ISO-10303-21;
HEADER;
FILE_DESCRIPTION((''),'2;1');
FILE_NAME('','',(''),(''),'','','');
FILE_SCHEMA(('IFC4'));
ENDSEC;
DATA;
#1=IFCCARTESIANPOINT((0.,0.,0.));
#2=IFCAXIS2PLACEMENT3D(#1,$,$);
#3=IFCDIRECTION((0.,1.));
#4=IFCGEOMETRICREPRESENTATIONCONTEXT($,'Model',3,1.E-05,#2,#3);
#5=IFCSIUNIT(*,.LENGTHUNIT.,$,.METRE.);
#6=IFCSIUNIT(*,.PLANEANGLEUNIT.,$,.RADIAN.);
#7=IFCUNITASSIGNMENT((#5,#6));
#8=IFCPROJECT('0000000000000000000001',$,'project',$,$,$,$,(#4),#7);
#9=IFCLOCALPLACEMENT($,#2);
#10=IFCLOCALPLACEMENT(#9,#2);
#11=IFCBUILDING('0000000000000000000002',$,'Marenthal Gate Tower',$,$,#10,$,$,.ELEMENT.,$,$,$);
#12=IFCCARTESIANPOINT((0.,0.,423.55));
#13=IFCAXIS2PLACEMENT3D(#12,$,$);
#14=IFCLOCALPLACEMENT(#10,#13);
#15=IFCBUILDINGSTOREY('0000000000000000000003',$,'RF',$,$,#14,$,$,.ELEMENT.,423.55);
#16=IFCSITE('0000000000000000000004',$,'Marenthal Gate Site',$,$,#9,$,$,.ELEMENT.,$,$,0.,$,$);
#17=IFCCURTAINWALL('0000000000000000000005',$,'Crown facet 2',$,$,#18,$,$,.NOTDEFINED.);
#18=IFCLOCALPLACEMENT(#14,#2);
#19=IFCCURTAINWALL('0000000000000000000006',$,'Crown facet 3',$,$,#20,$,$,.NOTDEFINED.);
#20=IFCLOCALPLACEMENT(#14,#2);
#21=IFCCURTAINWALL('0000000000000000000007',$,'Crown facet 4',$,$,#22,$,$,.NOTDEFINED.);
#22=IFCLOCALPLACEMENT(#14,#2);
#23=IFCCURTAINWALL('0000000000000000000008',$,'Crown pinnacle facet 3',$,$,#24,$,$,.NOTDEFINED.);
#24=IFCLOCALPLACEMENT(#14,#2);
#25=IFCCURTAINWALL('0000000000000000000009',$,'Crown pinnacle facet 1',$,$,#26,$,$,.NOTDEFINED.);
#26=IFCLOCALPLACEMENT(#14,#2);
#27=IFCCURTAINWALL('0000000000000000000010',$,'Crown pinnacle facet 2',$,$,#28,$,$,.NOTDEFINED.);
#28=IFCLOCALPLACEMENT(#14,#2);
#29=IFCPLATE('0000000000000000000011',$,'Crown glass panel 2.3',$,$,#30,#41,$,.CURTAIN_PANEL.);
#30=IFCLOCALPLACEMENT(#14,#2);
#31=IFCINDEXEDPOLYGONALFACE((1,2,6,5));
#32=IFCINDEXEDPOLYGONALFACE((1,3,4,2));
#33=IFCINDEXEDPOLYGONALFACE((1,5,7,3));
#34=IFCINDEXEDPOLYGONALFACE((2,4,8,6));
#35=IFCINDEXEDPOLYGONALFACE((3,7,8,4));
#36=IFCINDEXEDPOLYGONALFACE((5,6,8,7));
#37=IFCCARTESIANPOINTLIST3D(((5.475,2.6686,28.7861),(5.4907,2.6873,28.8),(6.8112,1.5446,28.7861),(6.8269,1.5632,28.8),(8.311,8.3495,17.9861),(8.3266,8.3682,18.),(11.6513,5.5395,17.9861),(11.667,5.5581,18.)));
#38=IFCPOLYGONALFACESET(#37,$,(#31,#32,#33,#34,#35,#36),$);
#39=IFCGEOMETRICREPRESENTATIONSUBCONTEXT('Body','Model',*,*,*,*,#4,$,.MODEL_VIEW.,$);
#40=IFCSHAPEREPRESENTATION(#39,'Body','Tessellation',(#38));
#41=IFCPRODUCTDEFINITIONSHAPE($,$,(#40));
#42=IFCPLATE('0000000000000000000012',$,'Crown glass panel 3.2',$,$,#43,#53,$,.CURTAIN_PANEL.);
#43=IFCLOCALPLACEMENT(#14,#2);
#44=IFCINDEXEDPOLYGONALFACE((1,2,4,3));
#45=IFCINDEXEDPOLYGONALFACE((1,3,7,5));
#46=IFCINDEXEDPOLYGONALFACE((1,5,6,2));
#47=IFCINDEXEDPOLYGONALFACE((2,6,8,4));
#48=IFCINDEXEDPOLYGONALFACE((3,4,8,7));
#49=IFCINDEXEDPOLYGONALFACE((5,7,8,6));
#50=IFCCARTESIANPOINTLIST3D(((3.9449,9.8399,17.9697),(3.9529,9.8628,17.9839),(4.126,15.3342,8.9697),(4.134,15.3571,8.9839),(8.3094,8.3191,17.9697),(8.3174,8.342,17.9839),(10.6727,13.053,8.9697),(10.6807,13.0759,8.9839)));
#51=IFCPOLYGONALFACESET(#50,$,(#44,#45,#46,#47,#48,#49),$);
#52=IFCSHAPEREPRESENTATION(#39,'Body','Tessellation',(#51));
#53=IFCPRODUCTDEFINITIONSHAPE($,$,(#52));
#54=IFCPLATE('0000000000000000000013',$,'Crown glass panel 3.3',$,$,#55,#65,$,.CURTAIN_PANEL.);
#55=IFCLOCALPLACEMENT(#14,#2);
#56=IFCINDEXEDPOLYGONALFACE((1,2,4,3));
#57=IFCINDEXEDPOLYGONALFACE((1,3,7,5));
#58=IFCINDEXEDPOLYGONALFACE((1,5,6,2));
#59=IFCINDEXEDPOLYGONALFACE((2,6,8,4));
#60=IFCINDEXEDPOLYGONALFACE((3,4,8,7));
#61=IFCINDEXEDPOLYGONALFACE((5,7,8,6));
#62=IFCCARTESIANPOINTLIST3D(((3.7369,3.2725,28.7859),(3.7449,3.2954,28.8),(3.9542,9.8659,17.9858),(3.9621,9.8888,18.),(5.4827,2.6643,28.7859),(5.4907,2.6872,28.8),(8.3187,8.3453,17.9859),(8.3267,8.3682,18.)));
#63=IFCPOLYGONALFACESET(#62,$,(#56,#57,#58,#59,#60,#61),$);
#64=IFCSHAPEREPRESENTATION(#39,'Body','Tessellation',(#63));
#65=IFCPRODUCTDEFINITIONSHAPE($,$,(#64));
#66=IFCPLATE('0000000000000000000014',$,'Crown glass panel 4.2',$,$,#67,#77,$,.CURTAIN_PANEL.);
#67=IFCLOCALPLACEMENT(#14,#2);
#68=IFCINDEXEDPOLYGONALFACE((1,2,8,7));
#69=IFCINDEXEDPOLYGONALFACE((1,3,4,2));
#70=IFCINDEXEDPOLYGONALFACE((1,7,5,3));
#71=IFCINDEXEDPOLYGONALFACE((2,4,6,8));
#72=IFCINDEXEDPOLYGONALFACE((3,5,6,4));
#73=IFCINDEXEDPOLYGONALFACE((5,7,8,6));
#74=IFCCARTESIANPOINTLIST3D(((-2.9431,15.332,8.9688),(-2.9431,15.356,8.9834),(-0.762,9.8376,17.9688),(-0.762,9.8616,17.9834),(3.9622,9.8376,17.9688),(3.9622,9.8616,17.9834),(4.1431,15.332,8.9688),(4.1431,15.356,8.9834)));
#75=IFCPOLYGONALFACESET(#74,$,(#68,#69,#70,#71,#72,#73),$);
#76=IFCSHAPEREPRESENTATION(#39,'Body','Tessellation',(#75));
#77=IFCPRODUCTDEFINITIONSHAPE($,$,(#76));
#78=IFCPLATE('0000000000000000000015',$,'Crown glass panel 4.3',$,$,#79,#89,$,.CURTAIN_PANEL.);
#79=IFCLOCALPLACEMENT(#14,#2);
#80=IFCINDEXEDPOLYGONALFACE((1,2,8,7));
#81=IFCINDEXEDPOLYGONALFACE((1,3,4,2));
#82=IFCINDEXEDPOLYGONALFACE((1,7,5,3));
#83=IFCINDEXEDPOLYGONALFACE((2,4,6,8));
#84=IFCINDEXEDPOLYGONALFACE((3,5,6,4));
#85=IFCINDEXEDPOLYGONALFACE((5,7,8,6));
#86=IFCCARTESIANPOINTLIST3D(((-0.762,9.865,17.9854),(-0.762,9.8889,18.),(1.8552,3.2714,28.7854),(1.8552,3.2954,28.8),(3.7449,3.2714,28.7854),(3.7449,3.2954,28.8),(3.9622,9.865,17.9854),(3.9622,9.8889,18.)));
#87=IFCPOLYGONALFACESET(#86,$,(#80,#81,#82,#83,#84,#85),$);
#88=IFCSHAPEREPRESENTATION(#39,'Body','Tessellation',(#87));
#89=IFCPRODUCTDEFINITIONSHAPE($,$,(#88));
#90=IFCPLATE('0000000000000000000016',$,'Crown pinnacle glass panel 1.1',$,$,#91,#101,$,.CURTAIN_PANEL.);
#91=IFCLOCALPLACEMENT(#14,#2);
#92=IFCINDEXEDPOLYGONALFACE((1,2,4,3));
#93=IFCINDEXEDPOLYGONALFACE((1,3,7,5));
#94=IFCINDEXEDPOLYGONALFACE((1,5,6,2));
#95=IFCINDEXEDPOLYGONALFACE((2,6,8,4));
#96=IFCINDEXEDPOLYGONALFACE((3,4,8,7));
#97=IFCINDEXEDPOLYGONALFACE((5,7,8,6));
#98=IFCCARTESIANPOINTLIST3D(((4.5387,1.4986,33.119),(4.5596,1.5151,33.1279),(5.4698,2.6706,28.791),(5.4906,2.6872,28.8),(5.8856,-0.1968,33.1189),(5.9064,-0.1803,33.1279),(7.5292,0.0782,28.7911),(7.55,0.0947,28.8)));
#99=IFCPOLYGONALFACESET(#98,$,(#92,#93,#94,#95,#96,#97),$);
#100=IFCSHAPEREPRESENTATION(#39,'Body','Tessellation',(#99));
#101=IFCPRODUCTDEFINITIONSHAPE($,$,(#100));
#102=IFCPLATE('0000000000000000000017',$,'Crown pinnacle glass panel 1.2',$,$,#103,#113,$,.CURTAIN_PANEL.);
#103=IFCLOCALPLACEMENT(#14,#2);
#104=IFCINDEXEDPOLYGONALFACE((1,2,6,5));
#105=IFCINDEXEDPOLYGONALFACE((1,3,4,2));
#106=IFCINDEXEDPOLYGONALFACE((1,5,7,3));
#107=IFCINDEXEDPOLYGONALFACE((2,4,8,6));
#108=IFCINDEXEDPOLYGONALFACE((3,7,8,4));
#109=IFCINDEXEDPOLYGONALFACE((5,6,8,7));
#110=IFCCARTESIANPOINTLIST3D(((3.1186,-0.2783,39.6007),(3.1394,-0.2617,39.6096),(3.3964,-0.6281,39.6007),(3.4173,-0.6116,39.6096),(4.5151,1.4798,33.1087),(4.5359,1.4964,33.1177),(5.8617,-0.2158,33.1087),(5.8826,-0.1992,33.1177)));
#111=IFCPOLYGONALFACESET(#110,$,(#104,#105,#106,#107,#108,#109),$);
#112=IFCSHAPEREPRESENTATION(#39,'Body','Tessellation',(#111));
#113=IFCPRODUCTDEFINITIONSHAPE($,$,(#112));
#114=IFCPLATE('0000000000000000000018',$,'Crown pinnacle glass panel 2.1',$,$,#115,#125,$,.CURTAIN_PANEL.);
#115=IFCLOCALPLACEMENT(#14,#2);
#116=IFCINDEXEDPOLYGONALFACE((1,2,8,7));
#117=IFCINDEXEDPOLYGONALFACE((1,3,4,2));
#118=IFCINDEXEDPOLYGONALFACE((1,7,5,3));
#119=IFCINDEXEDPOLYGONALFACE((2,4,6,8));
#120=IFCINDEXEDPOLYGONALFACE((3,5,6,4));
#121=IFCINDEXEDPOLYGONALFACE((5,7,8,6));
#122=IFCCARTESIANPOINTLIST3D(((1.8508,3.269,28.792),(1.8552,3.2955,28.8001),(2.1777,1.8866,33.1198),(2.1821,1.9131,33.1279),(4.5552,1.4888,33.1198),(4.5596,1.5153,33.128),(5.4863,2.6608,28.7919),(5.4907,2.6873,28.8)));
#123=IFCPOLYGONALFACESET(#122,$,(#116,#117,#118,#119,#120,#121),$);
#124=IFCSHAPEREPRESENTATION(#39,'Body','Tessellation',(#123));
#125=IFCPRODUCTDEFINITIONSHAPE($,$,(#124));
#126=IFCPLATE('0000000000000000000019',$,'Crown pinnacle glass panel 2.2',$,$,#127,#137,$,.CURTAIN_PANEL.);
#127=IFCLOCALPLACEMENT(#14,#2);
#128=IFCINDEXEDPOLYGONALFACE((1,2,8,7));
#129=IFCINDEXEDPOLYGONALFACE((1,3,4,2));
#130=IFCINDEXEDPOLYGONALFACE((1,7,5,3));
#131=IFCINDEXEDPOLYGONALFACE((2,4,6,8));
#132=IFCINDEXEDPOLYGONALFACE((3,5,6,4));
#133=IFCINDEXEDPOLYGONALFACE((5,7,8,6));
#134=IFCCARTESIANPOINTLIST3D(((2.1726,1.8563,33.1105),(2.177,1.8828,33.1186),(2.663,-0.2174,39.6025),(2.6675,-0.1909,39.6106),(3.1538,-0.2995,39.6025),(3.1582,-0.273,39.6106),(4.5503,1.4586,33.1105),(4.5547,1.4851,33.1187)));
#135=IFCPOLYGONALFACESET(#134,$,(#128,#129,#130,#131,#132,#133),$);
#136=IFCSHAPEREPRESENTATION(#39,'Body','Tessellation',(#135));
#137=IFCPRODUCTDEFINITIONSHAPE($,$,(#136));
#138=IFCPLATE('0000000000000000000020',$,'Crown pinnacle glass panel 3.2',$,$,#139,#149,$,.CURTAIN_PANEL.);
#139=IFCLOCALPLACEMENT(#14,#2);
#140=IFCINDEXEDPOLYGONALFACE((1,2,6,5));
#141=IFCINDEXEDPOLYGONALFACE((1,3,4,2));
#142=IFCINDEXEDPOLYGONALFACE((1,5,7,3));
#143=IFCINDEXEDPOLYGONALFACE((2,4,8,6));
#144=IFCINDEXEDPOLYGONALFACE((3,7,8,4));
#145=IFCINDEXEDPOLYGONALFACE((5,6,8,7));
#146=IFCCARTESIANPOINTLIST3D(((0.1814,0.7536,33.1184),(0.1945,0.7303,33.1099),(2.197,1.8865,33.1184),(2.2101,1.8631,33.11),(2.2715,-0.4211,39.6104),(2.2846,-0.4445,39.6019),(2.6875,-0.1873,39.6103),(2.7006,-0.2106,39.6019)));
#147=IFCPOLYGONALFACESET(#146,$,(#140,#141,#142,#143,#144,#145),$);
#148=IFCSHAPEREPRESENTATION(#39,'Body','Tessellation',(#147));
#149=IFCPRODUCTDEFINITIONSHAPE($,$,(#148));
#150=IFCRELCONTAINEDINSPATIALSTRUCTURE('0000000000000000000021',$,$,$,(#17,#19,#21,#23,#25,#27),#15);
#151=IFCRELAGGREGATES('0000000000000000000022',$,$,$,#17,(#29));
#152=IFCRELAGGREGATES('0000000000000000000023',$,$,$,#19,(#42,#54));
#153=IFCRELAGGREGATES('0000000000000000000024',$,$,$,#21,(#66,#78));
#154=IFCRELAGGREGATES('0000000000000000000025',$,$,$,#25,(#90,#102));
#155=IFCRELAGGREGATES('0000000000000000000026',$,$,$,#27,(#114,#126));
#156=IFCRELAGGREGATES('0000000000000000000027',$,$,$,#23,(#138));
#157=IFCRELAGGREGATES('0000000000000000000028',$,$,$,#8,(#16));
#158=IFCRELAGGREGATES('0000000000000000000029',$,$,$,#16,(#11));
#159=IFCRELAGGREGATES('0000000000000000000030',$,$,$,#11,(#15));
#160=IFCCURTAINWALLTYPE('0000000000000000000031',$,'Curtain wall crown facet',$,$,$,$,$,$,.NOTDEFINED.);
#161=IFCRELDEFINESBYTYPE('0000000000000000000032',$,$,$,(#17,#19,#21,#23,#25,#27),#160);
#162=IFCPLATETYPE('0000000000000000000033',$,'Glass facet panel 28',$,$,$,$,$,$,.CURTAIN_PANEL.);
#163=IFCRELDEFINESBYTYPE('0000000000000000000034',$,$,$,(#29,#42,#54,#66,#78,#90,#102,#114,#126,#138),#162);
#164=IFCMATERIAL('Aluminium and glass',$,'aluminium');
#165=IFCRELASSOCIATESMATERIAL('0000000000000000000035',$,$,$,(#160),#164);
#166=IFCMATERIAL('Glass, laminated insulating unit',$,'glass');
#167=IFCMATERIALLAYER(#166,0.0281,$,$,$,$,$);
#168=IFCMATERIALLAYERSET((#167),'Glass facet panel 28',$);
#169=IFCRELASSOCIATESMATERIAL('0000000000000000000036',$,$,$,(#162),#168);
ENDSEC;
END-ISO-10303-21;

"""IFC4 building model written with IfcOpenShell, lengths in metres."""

from ifc_helpers import new_model, si_unit, direction, frame, origin, place, context, subcontext, project, spatial, polyline, outline, extrude, material, layer, layer_set, type_object, element, aggregate, save


model = new_model("IFC4")

# Units and contexts
model_context = context("Model", 3, precision=1e-05, world=origin(), true_north=direction((0.0, 1.0)))
body_context = subcontext(model_context, "Body", "Model", "MODEL_VIEW")
ifc_project = project(units=[si_unit("LENGTHUNIT", "METRE"), si_unit("PLANEANGLEUNIT", "RADIAN")], contexts=[model_context])

# Site, building, storey
site_placement = place(None, origin())
site = spatial("IfcSite", under=ifc_project, at=site_placement, Name="Marenthal Gate Site", CompositionType="ELEMENT", RefElevation=0.0)
building_placement = place(site_placement, origin())
building = spatial("IfcBuilding", under=site, at=building_placement, Name="Marenthal Gate Tower", CompositionType="ELEMENT")
storey_placement = place(building_placement, frame((0.0, 0.0, 423.55)))
storey = spatial("IfcBuildingStorey", under=building, at=storey_placement, Name="RF", CompositionType="ELEMENT", Elevation=423.55)

# Curtain walls
ifc_material_1 = material(Name="Aluminium and glass", Category="aluminium")
curtain_wall_type = type_object("IfcCurtainWallType", Name="Curtain wall crown facet", PredefinedType="NOTDEFINED", material=ifc_material_1)
curtain_wall_1_placement = place(storey_placement, origin())
curtain_wall_1 = element("IfcCurtainWall", 1, at=curtain_wall_1_placement, inside=storey, type_object=curtain_wall_type, Name="Crown facet 2", PredefinedType="NOTDEFINED")
curtain_wall_2_placement = place(storey_placement, origin())
curtain_wall_2 = element("IfcCurtainWall", 2, at=curtain_wall_2_placement, inside=storey, type_object=curtain_wall_type, Name="Crown facet 3", PredefinedType="NOTDEFINED")
curtain_wall_3_placement = place(storey_placement, origin())
curtain_wall_3 = element("IfcCurtainWall", 3, at=curtain_wall_3_placement, inside=storey, type_object=curtain_wall_type, Name="Crown facet 4", PredefinedType="NOTDEFINED")
curtain_wall_4_placement = place(storey_placement, origin())
curtain_wall_4 = element("IfcCurtainWall", 4, at=curtain_wall_4_placement, inside=storey, type_object=curtain_wall_type, Name="Crown pinnacle facet 3", PredefinedType="NOTDEFINED")
curtain_wall_5_placement = place(storey_placement, origin())
curtain_wall_5 = element("IfcCurtainWall", 5, at=curtain_wall_5_placement, inside=storey, type_object=curtain_wall_type, Name="Crown pinnacle facet 1", PredefinedType="NOTDEFINED")

# Curtain wall
curtain_wall_6_placement = place(storey_placement, origin())
curtain_wall_6 = element("IfcCurtainWall", 6, at=curtain_wall_6_placement, inside=storey, type_object=curtain_wall_type, Name="Crown pinnacle facet 2", PredefinedType="NOTDEFINED")

# Plates
ifc_material_2 = material(Name="Glass, laminated insulating unit", Category="glass")
ifc_layer = layer(ifc_material_2, 0.0281)
ifc_layer_set = layer_set([ifc_layer], Name="Glass facet panel 28")
plate_type = type_object("IfcPlateType", Name="Glass facet panel 28", PredefinedType="CURTAIN_PANEL", material=ifc_layer_set)
plate_1_placement = place(storey_placement, frame((11.667, 5.5581, 18.0), z_axis=(0.5589, 0.664374, 0.496223), x_axis=(-0.765236, 0.64375, -0.000002)))
plate_1 = element("IfcPlate", 7, at=plate_1_placement, type_object=plate_type, Name="Crown glass panel 2.3", PredefinedType="CURTAIN_PANEL", context=body_context, shape_type="SweptSolid", body=[
    extrude(outline(polyline([(0.0, 0.0), (4.3651, 0.0), (2.8782, 12.4397), (1.1321, 12.4397), (0.0, 0.0)])), origin(), (0.0, 0.0, -1.0), 0.0281),
])
aggregate(curtain_wall_1, [plate_1])
plate_2_placement = place(storey_placement, frame((10.6807, 13.0759, 8.9839), z_axis=(0.284252, 0.815758, 0.503725), x_axis=(-0.944313, 0.32905, -0.000004)))
plate_2 = element("IfcPlate", 8, at=plate_2_placement, type_object=plate_type, Name="Crown glass panel 3.2", PredefinedType="CURTAIN_PANEL", context=body_context, shape_type="SweptSolid", body=[
    extrude(outline(polyline([(0.0, 0.0), (6.9327, 0.0), (5.2958, 10.4183), (0.674, 10.4183), (0.0, 0.0)])), origin(), (0.0, 0.0, -1.0), 0.0281),
])
plate_3_placement = place(storey_placement, frame((8.3267, 8.3682, 18.0), z_axis=(0.284219, 0.815762, 0.503738), x_axis=(-0.944324, 0.329018, -0.00001)))
plate_3 = element("IfcPlate", 9, at=plate_3_placement, type_object=plate_type, Name="Crown glass panel 3.3", PredefinedType="CURTAIN_PANEL", context=body_context, shape_type="SweptSolid", body=[
    extrude(outline(polyline([(0.0, 0.0), (4.6219, 0.0), (2.6576, 12.5022), (0.8088, 12.5021), (0.0, 0.0)])), origin(), (0.0, 0.0, -1.0), 0.0281),
])
aggregate(curtain_wall_2, [plate_2, plate_3])
plate_4_placement = place(storey_placement, frame((4.1431, 15.356, 8.9834), z_axis=(0.0, 0.853519, 0.521062), x_axis=(-1.0, 0.0, 0.0)))
plate_4 = element("IfcPlate", 10, at=plate_4_placement, type_object=plate_type, Name="Crown glass panel 4.2", PredefinedType="CURTAIN_PANEL", context=body_context, shape_type="SweptSolid", body=[
    extrude(outline(polyline([(0.0, 0.0), (7.0862, 0.0), (4.905, 10.5446), (0.1809, 10.5446), (0.0, 0.0)])), origin(), (0.0, 0.0, -1.0), 0.0281),
])
plate_5_placement = place(storey_placement, frame((3.9622, 9.8889, 18.0), z_axis=(0.0, 0.853511, 0.521075), x_axis=(-1.0, 0.0, 0.0)))
plate_5 = element("IfcPlate", 11, at=plate_5_placement, type_object=plate_type, Name="Crown glass panel 4.3", PredefinedType="CURTAIN_PANEL", context=body_context, shape_type="SweptSolid", body=[
    extrude(outline(polyline([(0.0, 0.0), (4.7241, 0.0), (2.1069, 12.6537), (0.2173, 12.6537), (0.0, 0.0)])), origin(), (0.0, 0.0, -1.0), 0.0281),
])
aggregate(curtain_wall_3, [plate_4, plate_5])
plate_6_placement = place(storey_placement, frame((7.55, 0.0947, 28.8), z_axis=(0.742026, 0.589464, 0.319263), x_axis=(-0.622013, 0.783007, -0.000012)))
plate_6 = element("IfcPlate", 12, at=plate_6_placement, type_object=plate_type, Name="Crown pinnacle glass panel 1.1", PredefinedType="CURTAIN_PANEL", context=body_context, shape_type="SweptSolid", body=[
    extrude(outline(polyline([(0.0, 0.0), (3.3109, 0.0), (2.9723, 4.5669), (0.807, 4.5669), (0.0, 0.0)])), origin(), (0.0, 0.0, -1.0), 0.0281),
])
plate_7_placement = place(storey_placement, frame((5.8826, -0.1992, 33.1177), z_axis=(0.742094, 0.589388, 0.319245), x_axis=(-0.621934, 0.78307, 0.000003)))
plate_7 = element("IfcPlate", 13, at=plate_7_placement, type_object=plate_type, Name="Crown pinnacle glass panel 1.2", PredefinedType="CURTAIN_PANEL", context=body_context, shape_type="SweptSolid", body=[
    extrude(outline(polyline([(0.0, 0.0), (2.1653, 0.0), (1.6571, 6.8504), (1.2104, 6.8504), (0.0, 0.0)])), origin(), (0.0, 0.0, -1.0), 0.0281),
])
aggregate(curtain_wall_5, [plate_6, plate_7])
plate_8_placement = place(storey_placement, frame((5.4907, 2.6873, 28.8), z_axis=(0.157956, 0.944018, 0.28962), x_axis=(-0.986289, 0.165026, 0.000011)))
plate_8 = element("IfcPlate", 14, at=plate_8_placement, type_object=plate_type, Name="Crown pinnacle glass panel 2.1", PredefinedType="CURTAIN_PANEL", context=body_context, shape_type="SweptSolid", body=[
    extrude(outline(polyline([(0.0, 0.0), (3.686, 0.0), (3.1355, 4.5216), (0.725, 4.5217), (0.0, 0.0)])), origin(), (0.0, 0.0, -1.0), 0.0281),
])
plate_9_placement = place(storey_placement, frame((4.5547, 1.4851, 33.1187), z_axis=(0.157887, 0.94403, 0.289618), x_axis=(-0.986301, 0.164958, -0.000005)))
plate_9 = element("IfcPlate", 15, at=plate_9_placement, type_object=plate_type, Name="Crown pinnacle glass panel 2.2", PredefinedType="CURTAIN_PANEL", context=body_context, shape_type="SweptSolid", body=[
    extrude(outline(polyline([(0.0, 0.0), (2.4107, 0.0), (1.5848, 6.7826), (1.0873, 6.7826), (0.0, 0.0)])), origin(), (0.0, 0.0, -1.0), 0.0281),
])
aggregate(curtain_wall_6, [plate_8, plate_9])
plate_10_placement = place(storey_placement, frame((2.197, 1.8865, 33.1184), z_axis=(-0.46726, 0.831352, 0.300871), x_axis=(-0.871745, -0.48996, -0.000007)))
plate_10 = element("IfcPlate", 16, at=plate_10_placement, type_object=plate_type, Name="Crown pinnacle glass panel 3.2", PredefinedType="CURTAIN_PANEL", context=body_context, shape_type="SweptSolid", body=[
    extrude(outline(polyline([(0.0, 0.0), (2.3121, 0.0), (1.0657, 6.8074), (0.5884, 6.8073), (0.0, 0.0)])), origin(), (0.0, 0.0, -1.0), 0.0281),
])
aggregate(curtain_wall_4, [plate_10])

save(model, "model.ifc")
